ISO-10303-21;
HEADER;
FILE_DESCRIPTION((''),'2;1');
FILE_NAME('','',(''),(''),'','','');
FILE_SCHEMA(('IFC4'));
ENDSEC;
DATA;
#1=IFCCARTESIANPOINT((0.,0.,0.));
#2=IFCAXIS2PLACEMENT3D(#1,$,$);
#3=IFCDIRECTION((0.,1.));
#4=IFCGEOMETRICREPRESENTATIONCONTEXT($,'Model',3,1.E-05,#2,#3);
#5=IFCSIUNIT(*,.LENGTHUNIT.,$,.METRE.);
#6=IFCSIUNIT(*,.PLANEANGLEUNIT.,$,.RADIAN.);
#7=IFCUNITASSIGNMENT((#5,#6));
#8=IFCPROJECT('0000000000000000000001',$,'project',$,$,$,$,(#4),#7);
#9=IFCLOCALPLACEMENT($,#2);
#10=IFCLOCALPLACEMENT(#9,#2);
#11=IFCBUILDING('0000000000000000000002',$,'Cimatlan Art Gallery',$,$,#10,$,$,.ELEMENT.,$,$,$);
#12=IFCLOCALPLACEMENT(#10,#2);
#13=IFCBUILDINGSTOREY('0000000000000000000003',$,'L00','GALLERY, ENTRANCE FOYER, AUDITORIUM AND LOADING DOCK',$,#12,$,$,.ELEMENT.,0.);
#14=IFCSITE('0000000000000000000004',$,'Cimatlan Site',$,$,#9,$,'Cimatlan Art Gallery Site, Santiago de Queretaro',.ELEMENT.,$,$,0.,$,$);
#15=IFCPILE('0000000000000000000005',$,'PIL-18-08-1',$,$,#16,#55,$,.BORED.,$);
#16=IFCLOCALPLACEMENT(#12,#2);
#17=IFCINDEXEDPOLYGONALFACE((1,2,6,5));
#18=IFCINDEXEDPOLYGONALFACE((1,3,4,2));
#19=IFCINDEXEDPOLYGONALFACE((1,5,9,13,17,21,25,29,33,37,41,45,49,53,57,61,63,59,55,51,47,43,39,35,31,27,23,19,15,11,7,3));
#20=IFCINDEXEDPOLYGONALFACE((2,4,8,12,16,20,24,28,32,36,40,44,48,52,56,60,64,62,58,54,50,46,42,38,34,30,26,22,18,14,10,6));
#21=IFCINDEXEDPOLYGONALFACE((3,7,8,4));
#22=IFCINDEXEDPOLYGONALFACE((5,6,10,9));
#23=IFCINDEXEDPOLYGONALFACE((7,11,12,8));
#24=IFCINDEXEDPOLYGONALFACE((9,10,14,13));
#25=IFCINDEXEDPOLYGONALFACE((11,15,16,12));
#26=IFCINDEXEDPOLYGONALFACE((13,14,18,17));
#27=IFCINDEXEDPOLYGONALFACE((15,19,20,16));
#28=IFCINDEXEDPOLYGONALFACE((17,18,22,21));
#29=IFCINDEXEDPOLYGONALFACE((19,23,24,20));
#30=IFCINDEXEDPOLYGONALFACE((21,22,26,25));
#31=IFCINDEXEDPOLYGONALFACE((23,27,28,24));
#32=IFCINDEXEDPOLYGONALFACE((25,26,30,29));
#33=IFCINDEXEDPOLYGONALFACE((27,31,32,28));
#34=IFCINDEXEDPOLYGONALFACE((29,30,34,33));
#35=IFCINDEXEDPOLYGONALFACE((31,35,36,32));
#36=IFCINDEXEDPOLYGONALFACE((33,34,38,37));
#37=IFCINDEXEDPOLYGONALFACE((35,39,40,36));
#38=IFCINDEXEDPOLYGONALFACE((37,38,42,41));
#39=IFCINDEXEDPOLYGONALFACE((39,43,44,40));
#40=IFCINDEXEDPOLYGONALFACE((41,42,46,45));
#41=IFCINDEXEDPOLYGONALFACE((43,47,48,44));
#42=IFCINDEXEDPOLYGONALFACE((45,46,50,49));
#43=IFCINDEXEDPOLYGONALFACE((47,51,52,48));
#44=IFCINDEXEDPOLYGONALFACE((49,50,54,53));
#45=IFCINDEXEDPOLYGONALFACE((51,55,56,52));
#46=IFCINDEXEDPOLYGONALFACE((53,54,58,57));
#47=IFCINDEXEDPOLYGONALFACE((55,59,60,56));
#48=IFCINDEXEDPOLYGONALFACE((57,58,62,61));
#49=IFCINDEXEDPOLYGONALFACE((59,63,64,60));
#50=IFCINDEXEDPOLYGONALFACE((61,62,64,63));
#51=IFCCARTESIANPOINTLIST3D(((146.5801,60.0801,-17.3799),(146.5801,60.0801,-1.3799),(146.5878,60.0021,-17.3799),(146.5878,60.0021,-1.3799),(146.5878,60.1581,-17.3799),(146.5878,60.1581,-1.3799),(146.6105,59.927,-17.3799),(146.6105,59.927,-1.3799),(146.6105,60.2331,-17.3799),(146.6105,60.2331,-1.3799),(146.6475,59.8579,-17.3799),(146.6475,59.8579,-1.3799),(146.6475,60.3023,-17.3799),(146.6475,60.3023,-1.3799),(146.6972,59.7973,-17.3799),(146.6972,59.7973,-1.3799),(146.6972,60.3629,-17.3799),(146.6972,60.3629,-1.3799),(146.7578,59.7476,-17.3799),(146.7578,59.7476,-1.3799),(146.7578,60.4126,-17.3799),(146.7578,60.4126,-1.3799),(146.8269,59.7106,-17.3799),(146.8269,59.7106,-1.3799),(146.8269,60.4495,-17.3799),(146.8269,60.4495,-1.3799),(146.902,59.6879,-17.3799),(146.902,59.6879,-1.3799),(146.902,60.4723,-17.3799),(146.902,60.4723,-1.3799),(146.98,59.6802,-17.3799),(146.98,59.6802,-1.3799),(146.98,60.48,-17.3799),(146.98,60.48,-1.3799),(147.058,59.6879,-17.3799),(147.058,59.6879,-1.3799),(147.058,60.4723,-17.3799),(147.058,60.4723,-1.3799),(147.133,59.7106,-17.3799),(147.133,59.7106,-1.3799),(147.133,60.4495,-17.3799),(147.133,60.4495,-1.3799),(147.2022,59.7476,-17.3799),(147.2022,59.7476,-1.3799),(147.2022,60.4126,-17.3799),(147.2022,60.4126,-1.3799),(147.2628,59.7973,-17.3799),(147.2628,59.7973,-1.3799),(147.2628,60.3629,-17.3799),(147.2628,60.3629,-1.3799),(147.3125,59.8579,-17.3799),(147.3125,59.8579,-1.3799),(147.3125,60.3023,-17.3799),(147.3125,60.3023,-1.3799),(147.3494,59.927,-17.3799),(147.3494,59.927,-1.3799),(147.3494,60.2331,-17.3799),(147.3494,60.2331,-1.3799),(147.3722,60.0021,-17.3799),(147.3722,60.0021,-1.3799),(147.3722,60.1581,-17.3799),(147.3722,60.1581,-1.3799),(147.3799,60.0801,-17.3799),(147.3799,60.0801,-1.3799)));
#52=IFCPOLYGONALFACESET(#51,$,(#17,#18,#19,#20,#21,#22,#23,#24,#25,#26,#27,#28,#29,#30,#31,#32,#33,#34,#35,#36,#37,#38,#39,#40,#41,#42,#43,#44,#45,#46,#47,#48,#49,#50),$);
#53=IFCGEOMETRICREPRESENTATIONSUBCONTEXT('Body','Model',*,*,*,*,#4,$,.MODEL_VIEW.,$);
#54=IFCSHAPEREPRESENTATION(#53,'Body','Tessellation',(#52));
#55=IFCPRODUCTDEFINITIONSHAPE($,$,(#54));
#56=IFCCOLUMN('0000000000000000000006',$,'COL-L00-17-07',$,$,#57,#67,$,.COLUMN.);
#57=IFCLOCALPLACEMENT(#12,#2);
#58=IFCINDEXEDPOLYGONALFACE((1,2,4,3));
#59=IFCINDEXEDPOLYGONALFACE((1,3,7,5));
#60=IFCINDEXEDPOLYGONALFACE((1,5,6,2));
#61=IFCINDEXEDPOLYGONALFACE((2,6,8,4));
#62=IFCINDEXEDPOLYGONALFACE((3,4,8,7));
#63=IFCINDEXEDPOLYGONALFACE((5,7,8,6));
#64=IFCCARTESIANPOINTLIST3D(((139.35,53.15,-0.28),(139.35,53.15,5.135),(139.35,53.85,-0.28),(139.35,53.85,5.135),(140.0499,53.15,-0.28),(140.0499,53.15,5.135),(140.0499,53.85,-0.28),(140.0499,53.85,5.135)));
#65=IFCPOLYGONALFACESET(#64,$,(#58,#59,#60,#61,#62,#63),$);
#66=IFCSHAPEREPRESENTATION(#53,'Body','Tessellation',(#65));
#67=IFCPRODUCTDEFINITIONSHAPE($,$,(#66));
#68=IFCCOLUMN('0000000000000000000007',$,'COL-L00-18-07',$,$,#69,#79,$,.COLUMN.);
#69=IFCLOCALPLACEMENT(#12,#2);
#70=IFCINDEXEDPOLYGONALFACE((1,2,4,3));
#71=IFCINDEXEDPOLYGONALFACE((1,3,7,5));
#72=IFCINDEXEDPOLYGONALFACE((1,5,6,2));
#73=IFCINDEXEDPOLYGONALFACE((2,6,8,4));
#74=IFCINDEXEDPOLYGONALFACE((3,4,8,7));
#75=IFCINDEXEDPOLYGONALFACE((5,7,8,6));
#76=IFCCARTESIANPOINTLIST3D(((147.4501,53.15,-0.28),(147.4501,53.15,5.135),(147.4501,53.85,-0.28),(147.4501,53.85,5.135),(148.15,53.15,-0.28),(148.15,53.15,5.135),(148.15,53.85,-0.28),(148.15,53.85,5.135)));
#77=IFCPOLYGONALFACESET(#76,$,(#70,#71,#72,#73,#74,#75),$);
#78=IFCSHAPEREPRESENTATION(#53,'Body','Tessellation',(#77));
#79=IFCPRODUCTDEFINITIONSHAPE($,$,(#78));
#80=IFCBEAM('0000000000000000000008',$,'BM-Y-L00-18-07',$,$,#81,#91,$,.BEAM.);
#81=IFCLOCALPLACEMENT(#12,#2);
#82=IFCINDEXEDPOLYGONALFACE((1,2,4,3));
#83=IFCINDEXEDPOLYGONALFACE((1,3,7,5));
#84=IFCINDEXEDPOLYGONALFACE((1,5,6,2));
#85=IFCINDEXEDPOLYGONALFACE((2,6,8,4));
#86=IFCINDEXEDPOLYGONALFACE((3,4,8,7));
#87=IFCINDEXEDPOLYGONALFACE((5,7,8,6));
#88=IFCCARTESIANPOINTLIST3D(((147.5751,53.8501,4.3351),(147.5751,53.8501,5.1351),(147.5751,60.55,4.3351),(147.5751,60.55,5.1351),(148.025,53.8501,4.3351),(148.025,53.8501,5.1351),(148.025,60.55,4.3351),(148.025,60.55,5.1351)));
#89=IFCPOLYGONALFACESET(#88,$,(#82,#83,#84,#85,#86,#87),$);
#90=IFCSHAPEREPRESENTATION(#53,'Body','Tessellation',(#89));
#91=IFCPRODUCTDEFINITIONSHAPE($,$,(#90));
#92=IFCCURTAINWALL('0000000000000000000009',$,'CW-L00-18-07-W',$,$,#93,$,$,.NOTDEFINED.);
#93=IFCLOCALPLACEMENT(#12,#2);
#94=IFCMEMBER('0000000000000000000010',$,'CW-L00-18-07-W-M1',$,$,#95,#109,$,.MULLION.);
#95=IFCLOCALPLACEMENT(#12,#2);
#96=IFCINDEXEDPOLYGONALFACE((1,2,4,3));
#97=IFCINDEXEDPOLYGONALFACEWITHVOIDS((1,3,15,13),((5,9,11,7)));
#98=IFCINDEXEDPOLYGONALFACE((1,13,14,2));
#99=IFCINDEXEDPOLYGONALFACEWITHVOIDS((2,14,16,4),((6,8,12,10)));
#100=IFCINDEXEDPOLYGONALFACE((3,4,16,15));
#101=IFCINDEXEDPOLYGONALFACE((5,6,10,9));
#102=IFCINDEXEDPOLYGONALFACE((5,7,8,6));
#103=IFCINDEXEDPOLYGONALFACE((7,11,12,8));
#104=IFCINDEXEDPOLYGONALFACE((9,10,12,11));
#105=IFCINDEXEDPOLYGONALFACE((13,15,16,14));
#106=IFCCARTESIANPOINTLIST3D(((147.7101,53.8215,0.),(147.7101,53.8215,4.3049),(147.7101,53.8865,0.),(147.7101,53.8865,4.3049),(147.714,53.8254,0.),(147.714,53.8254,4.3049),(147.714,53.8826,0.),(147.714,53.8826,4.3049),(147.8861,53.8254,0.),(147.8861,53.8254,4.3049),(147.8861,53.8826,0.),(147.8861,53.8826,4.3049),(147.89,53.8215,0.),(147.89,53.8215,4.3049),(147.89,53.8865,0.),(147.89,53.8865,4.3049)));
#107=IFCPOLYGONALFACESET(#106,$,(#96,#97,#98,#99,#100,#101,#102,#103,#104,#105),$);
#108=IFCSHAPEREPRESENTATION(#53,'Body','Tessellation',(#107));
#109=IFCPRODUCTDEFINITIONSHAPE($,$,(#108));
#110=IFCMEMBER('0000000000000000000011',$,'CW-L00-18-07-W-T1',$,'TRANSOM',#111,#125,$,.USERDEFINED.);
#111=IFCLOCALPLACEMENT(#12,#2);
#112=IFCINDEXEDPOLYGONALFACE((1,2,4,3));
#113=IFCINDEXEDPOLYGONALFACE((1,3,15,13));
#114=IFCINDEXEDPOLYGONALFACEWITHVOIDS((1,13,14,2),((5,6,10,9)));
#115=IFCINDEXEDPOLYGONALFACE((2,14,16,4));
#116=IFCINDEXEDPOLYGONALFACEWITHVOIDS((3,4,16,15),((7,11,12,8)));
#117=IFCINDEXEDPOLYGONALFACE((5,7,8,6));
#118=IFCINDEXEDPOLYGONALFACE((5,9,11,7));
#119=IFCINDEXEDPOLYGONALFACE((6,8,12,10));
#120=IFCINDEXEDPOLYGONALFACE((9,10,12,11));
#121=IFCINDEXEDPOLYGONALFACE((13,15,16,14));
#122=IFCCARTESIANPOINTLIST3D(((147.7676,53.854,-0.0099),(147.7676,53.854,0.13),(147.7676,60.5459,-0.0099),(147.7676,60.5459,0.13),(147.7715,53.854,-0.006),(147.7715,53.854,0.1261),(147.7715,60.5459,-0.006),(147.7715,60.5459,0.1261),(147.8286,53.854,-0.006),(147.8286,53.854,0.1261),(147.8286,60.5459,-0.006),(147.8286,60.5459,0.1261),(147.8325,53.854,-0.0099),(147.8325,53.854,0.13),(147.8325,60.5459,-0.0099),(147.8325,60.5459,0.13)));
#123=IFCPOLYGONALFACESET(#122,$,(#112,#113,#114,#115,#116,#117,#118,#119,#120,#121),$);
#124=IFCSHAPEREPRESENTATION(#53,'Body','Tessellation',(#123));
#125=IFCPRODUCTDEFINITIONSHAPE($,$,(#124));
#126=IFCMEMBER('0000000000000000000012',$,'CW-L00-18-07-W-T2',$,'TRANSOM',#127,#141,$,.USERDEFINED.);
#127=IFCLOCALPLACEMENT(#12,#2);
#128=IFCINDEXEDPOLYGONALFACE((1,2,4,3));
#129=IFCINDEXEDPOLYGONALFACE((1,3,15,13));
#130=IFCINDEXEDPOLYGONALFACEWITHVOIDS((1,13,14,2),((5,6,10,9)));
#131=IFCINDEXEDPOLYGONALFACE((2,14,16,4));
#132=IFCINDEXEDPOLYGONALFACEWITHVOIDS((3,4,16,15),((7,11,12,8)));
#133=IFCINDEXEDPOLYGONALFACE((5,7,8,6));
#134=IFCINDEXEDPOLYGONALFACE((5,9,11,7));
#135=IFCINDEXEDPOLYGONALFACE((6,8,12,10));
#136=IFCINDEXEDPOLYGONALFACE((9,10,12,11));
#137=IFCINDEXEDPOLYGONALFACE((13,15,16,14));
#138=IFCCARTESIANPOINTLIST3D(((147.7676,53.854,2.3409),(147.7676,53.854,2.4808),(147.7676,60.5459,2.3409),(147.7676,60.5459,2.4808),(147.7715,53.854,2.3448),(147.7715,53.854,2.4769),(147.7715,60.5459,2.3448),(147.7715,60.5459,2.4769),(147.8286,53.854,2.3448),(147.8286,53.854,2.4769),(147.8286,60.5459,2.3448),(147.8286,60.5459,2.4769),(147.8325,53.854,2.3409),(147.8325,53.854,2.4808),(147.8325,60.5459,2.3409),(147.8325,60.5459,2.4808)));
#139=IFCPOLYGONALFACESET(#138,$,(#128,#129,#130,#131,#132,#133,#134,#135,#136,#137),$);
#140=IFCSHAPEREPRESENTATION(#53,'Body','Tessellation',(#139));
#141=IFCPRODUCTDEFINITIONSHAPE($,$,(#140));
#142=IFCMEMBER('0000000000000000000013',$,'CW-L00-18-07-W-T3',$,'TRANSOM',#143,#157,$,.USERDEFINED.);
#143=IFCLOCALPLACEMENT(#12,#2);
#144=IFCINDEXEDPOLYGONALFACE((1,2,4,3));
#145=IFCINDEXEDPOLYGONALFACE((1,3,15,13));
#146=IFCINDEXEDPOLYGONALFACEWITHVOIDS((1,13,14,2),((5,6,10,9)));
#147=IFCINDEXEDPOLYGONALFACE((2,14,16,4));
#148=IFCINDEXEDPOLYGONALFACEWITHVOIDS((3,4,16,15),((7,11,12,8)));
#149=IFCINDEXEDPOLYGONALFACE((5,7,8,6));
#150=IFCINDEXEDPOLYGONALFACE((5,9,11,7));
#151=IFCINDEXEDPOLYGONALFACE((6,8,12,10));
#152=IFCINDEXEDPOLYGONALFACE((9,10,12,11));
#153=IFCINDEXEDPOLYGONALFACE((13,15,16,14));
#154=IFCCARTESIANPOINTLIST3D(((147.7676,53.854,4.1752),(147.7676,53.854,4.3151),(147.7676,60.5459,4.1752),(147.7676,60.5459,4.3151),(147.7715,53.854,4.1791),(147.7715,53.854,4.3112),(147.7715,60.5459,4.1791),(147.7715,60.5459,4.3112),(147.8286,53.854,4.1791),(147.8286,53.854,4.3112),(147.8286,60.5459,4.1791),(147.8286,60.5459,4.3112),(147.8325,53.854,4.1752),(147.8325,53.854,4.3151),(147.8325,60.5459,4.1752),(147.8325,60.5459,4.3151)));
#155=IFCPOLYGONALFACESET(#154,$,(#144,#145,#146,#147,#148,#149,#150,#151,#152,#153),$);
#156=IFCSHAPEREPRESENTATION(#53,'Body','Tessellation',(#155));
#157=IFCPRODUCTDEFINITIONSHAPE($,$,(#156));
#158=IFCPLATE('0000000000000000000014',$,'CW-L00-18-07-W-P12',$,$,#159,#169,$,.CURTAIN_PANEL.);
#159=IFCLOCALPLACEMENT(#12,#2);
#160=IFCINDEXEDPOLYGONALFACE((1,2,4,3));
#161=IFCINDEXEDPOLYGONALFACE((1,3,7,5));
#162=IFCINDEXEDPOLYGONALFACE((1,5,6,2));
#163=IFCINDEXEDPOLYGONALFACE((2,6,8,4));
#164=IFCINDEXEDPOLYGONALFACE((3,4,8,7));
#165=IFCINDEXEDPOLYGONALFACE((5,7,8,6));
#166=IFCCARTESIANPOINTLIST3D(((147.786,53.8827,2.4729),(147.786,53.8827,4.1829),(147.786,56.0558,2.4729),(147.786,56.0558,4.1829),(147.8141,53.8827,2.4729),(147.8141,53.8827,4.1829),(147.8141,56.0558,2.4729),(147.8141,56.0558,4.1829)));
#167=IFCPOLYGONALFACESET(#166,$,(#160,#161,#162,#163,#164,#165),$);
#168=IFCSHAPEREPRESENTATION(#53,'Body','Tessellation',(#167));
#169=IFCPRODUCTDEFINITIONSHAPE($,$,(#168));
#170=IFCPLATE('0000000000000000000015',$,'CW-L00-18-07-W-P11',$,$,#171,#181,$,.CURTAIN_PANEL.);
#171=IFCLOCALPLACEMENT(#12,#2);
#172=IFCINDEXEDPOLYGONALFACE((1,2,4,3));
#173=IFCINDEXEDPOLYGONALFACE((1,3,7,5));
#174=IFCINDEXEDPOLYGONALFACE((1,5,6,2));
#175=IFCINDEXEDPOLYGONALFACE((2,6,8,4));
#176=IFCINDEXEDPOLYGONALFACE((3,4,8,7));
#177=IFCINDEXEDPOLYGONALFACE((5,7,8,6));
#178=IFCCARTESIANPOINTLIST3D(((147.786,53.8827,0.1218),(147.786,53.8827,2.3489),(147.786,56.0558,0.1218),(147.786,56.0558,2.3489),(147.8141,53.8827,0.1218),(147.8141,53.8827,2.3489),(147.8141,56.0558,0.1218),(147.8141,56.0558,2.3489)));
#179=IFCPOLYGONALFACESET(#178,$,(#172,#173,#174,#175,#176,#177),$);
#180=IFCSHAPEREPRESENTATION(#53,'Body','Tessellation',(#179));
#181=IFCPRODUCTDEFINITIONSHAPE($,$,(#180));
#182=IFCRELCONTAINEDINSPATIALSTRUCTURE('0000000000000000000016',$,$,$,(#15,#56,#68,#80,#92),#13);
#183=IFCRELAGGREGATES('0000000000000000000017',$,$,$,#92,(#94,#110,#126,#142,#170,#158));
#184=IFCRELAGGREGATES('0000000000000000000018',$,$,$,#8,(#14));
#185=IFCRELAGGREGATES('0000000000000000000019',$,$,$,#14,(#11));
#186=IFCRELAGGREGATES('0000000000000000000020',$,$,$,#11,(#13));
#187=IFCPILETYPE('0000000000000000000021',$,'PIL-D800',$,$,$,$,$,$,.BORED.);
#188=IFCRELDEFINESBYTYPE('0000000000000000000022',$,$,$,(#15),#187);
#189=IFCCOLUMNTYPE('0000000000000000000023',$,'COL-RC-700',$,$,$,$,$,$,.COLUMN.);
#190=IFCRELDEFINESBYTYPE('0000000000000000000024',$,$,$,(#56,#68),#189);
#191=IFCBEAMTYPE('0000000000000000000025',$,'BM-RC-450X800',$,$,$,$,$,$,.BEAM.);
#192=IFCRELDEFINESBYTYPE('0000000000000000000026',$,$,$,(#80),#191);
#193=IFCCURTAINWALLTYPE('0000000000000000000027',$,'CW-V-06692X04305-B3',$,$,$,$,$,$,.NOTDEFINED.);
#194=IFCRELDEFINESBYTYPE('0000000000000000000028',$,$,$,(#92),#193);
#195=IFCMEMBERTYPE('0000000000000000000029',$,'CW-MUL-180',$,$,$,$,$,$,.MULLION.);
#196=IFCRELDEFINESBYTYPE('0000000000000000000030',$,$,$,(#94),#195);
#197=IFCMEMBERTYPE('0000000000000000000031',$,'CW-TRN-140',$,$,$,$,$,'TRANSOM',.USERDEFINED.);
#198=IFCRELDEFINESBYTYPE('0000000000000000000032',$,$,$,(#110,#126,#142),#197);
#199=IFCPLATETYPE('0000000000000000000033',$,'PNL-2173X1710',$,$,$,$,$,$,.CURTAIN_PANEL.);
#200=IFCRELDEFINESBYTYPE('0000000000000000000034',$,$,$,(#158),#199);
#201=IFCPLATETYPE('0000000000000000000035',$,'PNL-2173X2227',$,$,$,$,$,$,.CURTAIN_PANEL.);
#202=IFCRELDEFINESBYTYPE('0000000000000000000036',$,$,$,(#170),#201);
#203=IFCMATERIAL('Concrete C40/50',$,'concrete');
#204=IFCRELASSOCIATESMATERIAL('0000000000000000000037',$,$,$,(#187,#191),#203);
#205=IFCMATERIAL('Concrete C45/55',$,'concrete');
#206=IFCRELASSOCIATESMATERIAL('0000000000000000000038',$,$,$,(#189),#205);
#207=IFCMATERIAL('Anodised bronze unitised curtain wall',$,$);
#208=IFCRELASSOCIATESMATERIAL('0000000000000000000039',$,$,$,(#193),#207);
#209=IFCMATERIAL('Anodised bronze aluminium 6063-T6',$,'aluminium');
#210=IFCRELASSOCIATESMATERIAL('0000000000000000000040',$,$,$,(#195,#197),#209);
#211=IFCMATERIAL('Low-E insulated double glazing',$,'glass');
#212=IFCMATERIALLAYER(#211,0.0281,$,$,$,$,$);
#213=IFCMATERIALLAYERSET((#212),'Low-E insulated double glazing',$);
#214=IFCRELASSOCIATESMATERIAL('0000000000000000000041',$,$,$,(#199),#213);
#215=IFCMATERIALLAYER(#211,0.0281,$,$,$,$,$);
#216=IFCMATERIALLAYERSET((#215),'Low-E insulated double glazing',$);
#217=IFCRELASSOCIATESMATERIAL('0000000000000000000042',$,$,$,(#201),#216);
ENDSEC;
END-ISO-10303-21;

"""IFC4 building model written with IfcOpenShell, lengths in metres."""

from ifc_helpers import new_model, si_unit, direction, frame, origin, origin_2d, place, context, subcontext, project, spatial, rectangle, hollow_rectangle, circle, extrude, material, layer, layer_set, material_profile, profile_set, type_object, element, aggregate, save


model = new_model("IFC4")

# Units and contexts
model_context = context("Model", 3, precision=1e-05, world=origin(), true_north=direction((0.0, 1.0)))
body_context = subcontext(model_context, "Body", "Model", "MODEL_VIEW")
ifc_project = project(units=[si_unit("LENGTHUNIT", "METRE"), si_unit("PLANEANGLEUNIT", "RADIAN")], contexts=[model_context])

# Site, building, storey
site_placement = place(None, origin())
site = spatial("IfcSite", under=ifc_project, at=site_placement, Name="Cimatlan Site", LongName="Cimatlan Art Gallery Site, Santiago de Queretaro", CompositionType="ELEMENT", RefElevation=0.0)
building_placement = place(site_placement, origin())
building = spatial("IfcBuilding", under=site, at=building_placement, Name="Cimatlan Art Gallery", CompositionType="ELEMENT")
storey_placement = place(building_placement, origin())
storey = spatial("IfcBuildingStorey", under=building, at=storey_placement, Name="L00", Description="GALLERY, ENTRANCE FOYER, AUDITORIUM AND LOADING DOCK", CompositionType="ELEMENT", Elevation=0.0)

# Shared definitions
ifc_material_1 = material(Name="Concrete C40/50", Category="concrete")

# Pile
pile_type_1 = type_object("IfcPileType", Name="PIL-D800", PredefinedType="BORED", material=ifc_material_1)
for number, where, z_axis, x_axis, name in (
    (1, (146.98, 60.0801, -1.3799), (0.0, 0.0, -1.0), (1.0, 0.0, 0.0), "PIL-18-08-1"),
):
    element("IfcPile", number, at=place(storey_placement, frame(where, z_axis=z_axis, x_axis=x_axis)), inside=storey, type_object=pile_type_1, Name=name, PredefinedType="BORED", context=body_context, shape_type="SweptSolid", body=[
        extrude(circle(Radius=0.3999, at=origin_2d()), origin(), (0.0, 0.0, 1.0), 16.0),
    ])

# Columns
ifc_material_2 = material(Name="Concrete C45/55", Category="concrete")
ifc_material_profile_1 = material_profile(ifc_material_2, rectangle(XDim=0.7, YDim=0.7, at=origin_2d()), Name="RC700X700")
ifc_profile_set_1 = profile_set([ifc_material_profile_1], Name="Concrete C45/55")
column_type = type_object("IfcColumnType", Name="COL-RC-700", PredefinedType="COLUMN", material=ifc_profile_set_1)
for number, where, z_axis, x_axis, name in (
    (2, (139.7, 53.5, -0.28), (0.0, 0.0, 1.0), (1.0, 0.0, 0.0), "COL-L00-17-07"),
    (3, (147.8, 53.5, -0.28), (0.0, 0.0, 1.0), (1.0, 0.0, 0.0), "COL-L00-18-07"),
):
    element("IfcColumn", number, at=place(storey_placement, frame(where, z_axis=z_axis, x_axis=x_axis)), inside=storey, type_object=column_type, Name=name, PredefinedType="COLUMN", context=body_context, shape_type="SweptSolid", body=[
        extrude(rectangle(XDim=0.7, YDim=0.7, at=origin_2d()), origin(), (0.0, 0.0, 1.0), 5.415),
    ])

# Beam
ifc_material_profile_2 = material_profile(ifc_material_1, rectangle(XDim=0.45, YDim=0.8, at=origin_2d()), Name="RC450X800")
ifc_profile_set_2 = profile_set([ifc_material_profile_2], Name="Concrete C40/50")
beam_type = type_object("IfcBeamType", Name="BM-RC-450X800", PredefinedType="BEAM", material=ifc_profile_set_2)
beam_placement = place(storey_placement, frame((147.8, 53.8501, 4.7351), z_axis=(0.0, 1.0, 0.0), x_axis=(-1.0, 0.0, 0.0)))
element("IfcBeam", 4, at=beam_placement, inside=storey, type_object=beam_type, Name="BM-Y-L00-18-07", PredefinedType="BEAM", context=body_context, shape_type="SweptSolid", body=[
    extrude(rectangle(XDim=0.45, YDim=0.8, at=origin_2d()), origin(), (0.0, 0.0, 1.0), 6.7),
])

# Curtain wall, members, plates
ifc_material_3 = material(Name="Anodised bronze unitised curtain wall")
curtain_wall_type = type_object("IfcCurtainWallType", Name="CW-V-06692X04305-B3", PredefinedType="NOTDEFINED", material=ifc_material_3)
curtain_wall_placement = place(storey_placement, origin())
curtain_wall = element("IfcCurtainWall", 5, at=curtain_wall_placement, inside=storey, type_object=curtain_wall_type, Name="CW-L00-18-07-W", PredefinedType="NOTDEFINED")
ifc_material_4 = material(Name="Anodised bronze aluminium 6063-T6", Category="aluminium")
ifc_material_profile_3 = material_profile(ifc_material_4, hollow_rectangle(XDim=0.0649, YDim=0.1799, WallThickness=0.0039, at=origin_2d()), Name="ALU65X180X4")
ifc_profile_set_3 = profile_set([ifc_material_profile_3], Name="Anodised bronze aluminium 6063-T6")
member_type_1 = type_object("IfcMemberType", Name="CW-MUL-180", PredefinedType="MULLION", material=ifc_profile_set_3)
member_1_placement = place(storey_placement, frame((147.8, 53.854, 0.0), z_axis=(0.0, 0.0, 1.0), x_axis=(0.0, 1.0, 0.0)))
member_1 = element("IfcMember", 6, at=member_1_placement, type_object=member_type_1, Name="CW-L00-18-07-W-M1", PredefinedType="MULLION", context=body_context, shape_type="SweptSolid", body=[
    extrude(hollow_rectangle(XDim=0.0649, YDim=0.1799, WallThickness=0.0039, at=origin_2d()), origin(), (0.0, 0.0, 1.0), 4.3049),
])
ifc_material_profile_4 = material_profile(ifc_material_4, hollow_rectangle(XDim=0.0649, YDim=0.1399, WallThickness=0.0039, at=origin_2d()), Name="ALU65X140X4")
ifc_profile_set_4 = profile_set([ifc_material_profile_4], Name="Anodised bronze aluminium 6063-T6")
member_type_2 = type_object("IfcMemberType", Name="CW-TRN-140", ElementType="TRANSOM", PredefinedType="USERDEFINED", material=ifc_profile_set_4)
member_2_placement = place(storey_placement, frame((147.8, 53.854, 0.0601), z_axis=(0.0, 1.0, 0.0), x_axis=(-1.0, 0.0, 0.0)))
member_2 = element("IfcMember", 7, at=member_2_placement, type_object=member_type_2, Name="CW-L00-18-07-W-T1", ObjectType="TRANSOM", PredefinedType="USERDEFINED", context=body_context, shape_type="SweptSolid", body=[
    extrude(hollow_rectangle(XDim=0.0649, YDim=0.1399, WallThickness=0.0039, at=origin_2d()), origin(), (0.0, 0.0, 1.0), 6.6919),
])
member_3_placement = place(storey_placement, frame((147.8, 53.854, 2.4109), z_axis=(0.0, 1.0, 0.0), x_axis=(-1.0, 0.0, 0.0)))
member_3 = element("IfcMember", 8, at=member_3_placement, type_object=member_type_2, Name="CW-L00-18-07-W-T2", ObjectType="TRANSOM", PredefinedType="USERDEFINED", context=body_context, shape_type="SweptSolid", body=[
    extrude(hollow_rectangle(XDim=0.0649, YDim=0.1399, WallThickness=0.0039, at=origin_2d()), origin(), (0.0, 0.0, 1.0), 6.6919),
])
member_4_placement = place(storey_placement, frame((147.8, 53.854, 4.2451), z_axis=(0.0, 1.0, 0.0), x_axis=(-1.0, 0.0, 0.0)))
member_4 = element("IfcMember", 9, at=member_4_placement, type_object=member_type_2, Name="CW-L00-18-07-W-T3", ObjectType="TRANSOM", PredefinedType="USERDEFINED", context=body_context, shape_type="SweptSolid", body=[
    extrude(hollow_rectangle(XDim=0.0649, YDim=0.1399, WallThickness=0.0039, at=origin_2d()), origin(), (0.0, 0.0, 1.0), 6.6919),
])
ifc_material_5 = material(Name="Low-E insulated double glazing", Category="glass")
ifc_layer_1 = layer(ifc_material_5, 0.0281)
ifc_layer_set_1 = layer_set([ifc_layer_1], Name="Low-E insulated double glazing")
plate_type_1 = type_object("IfcPlateType", Name="PNL-2173X1710", PredefinedType="CURTAIN_PANEL", material=ifc_layer_set_1)
plate_1_placement = place(storey_placement, frame((147.8, 54.9692, 2.4729), z_axis=(0.0, 0.0, 1.0), x_axis=(0.0, 1.0, 0.0)))
plate_1 = element("IfcPlate", 10, at=plate_1_placement, type_object=plate_type_1, Name="CW-L00-18-07-W-P12", PredefinedType="CURTAIN_PANEL", context=body_context, shape_type="SweptSolid", body=[
    extrude(rectangle(XDim=2.1731, YDim=0.0281, at=origin_2d()), origin(), (0.0, 0.0, 1.0), 1.71),
])
ifc_layer_2 = layer(ifc_material_5, 0.0281)
ifc_layer_set_2 = layer_set([ifc_layer_2], Name="Low-E insulated double glazing")
plate_type_2 = type_object("IfcPlateType", Name="PNL-2173X2227", PredefinedType="CURTAIN_PANEL", material=ifc_layer_set_2)
plate_2_placement = place(storey_placement, frame((147.8, 54.9692, 0.1218), z_axis=(0.0, 0.0, 1.0), x_axis=(0.0, 1.0, 0.0)))
plate_2 = element("IfcPlate", 11, at=plate_2_placement, type_object=plate_type_2, Name="CW-L00-18-07-W-P11", PredefinedType="CURTAIN_PANEL", context=body_context, shape_type="SweptSolid", body=[
    extrude(rectangle(XDim=2.1731, YDim=0.0281, at=origin_2d()), origin(), (0.0, 0.0, 1.0), 2.2271),
])
aggregate(curtain_wall, [member_1, member_2, member_3, member_4, plate_2, plate_1])

save(model, "model.ifc")
